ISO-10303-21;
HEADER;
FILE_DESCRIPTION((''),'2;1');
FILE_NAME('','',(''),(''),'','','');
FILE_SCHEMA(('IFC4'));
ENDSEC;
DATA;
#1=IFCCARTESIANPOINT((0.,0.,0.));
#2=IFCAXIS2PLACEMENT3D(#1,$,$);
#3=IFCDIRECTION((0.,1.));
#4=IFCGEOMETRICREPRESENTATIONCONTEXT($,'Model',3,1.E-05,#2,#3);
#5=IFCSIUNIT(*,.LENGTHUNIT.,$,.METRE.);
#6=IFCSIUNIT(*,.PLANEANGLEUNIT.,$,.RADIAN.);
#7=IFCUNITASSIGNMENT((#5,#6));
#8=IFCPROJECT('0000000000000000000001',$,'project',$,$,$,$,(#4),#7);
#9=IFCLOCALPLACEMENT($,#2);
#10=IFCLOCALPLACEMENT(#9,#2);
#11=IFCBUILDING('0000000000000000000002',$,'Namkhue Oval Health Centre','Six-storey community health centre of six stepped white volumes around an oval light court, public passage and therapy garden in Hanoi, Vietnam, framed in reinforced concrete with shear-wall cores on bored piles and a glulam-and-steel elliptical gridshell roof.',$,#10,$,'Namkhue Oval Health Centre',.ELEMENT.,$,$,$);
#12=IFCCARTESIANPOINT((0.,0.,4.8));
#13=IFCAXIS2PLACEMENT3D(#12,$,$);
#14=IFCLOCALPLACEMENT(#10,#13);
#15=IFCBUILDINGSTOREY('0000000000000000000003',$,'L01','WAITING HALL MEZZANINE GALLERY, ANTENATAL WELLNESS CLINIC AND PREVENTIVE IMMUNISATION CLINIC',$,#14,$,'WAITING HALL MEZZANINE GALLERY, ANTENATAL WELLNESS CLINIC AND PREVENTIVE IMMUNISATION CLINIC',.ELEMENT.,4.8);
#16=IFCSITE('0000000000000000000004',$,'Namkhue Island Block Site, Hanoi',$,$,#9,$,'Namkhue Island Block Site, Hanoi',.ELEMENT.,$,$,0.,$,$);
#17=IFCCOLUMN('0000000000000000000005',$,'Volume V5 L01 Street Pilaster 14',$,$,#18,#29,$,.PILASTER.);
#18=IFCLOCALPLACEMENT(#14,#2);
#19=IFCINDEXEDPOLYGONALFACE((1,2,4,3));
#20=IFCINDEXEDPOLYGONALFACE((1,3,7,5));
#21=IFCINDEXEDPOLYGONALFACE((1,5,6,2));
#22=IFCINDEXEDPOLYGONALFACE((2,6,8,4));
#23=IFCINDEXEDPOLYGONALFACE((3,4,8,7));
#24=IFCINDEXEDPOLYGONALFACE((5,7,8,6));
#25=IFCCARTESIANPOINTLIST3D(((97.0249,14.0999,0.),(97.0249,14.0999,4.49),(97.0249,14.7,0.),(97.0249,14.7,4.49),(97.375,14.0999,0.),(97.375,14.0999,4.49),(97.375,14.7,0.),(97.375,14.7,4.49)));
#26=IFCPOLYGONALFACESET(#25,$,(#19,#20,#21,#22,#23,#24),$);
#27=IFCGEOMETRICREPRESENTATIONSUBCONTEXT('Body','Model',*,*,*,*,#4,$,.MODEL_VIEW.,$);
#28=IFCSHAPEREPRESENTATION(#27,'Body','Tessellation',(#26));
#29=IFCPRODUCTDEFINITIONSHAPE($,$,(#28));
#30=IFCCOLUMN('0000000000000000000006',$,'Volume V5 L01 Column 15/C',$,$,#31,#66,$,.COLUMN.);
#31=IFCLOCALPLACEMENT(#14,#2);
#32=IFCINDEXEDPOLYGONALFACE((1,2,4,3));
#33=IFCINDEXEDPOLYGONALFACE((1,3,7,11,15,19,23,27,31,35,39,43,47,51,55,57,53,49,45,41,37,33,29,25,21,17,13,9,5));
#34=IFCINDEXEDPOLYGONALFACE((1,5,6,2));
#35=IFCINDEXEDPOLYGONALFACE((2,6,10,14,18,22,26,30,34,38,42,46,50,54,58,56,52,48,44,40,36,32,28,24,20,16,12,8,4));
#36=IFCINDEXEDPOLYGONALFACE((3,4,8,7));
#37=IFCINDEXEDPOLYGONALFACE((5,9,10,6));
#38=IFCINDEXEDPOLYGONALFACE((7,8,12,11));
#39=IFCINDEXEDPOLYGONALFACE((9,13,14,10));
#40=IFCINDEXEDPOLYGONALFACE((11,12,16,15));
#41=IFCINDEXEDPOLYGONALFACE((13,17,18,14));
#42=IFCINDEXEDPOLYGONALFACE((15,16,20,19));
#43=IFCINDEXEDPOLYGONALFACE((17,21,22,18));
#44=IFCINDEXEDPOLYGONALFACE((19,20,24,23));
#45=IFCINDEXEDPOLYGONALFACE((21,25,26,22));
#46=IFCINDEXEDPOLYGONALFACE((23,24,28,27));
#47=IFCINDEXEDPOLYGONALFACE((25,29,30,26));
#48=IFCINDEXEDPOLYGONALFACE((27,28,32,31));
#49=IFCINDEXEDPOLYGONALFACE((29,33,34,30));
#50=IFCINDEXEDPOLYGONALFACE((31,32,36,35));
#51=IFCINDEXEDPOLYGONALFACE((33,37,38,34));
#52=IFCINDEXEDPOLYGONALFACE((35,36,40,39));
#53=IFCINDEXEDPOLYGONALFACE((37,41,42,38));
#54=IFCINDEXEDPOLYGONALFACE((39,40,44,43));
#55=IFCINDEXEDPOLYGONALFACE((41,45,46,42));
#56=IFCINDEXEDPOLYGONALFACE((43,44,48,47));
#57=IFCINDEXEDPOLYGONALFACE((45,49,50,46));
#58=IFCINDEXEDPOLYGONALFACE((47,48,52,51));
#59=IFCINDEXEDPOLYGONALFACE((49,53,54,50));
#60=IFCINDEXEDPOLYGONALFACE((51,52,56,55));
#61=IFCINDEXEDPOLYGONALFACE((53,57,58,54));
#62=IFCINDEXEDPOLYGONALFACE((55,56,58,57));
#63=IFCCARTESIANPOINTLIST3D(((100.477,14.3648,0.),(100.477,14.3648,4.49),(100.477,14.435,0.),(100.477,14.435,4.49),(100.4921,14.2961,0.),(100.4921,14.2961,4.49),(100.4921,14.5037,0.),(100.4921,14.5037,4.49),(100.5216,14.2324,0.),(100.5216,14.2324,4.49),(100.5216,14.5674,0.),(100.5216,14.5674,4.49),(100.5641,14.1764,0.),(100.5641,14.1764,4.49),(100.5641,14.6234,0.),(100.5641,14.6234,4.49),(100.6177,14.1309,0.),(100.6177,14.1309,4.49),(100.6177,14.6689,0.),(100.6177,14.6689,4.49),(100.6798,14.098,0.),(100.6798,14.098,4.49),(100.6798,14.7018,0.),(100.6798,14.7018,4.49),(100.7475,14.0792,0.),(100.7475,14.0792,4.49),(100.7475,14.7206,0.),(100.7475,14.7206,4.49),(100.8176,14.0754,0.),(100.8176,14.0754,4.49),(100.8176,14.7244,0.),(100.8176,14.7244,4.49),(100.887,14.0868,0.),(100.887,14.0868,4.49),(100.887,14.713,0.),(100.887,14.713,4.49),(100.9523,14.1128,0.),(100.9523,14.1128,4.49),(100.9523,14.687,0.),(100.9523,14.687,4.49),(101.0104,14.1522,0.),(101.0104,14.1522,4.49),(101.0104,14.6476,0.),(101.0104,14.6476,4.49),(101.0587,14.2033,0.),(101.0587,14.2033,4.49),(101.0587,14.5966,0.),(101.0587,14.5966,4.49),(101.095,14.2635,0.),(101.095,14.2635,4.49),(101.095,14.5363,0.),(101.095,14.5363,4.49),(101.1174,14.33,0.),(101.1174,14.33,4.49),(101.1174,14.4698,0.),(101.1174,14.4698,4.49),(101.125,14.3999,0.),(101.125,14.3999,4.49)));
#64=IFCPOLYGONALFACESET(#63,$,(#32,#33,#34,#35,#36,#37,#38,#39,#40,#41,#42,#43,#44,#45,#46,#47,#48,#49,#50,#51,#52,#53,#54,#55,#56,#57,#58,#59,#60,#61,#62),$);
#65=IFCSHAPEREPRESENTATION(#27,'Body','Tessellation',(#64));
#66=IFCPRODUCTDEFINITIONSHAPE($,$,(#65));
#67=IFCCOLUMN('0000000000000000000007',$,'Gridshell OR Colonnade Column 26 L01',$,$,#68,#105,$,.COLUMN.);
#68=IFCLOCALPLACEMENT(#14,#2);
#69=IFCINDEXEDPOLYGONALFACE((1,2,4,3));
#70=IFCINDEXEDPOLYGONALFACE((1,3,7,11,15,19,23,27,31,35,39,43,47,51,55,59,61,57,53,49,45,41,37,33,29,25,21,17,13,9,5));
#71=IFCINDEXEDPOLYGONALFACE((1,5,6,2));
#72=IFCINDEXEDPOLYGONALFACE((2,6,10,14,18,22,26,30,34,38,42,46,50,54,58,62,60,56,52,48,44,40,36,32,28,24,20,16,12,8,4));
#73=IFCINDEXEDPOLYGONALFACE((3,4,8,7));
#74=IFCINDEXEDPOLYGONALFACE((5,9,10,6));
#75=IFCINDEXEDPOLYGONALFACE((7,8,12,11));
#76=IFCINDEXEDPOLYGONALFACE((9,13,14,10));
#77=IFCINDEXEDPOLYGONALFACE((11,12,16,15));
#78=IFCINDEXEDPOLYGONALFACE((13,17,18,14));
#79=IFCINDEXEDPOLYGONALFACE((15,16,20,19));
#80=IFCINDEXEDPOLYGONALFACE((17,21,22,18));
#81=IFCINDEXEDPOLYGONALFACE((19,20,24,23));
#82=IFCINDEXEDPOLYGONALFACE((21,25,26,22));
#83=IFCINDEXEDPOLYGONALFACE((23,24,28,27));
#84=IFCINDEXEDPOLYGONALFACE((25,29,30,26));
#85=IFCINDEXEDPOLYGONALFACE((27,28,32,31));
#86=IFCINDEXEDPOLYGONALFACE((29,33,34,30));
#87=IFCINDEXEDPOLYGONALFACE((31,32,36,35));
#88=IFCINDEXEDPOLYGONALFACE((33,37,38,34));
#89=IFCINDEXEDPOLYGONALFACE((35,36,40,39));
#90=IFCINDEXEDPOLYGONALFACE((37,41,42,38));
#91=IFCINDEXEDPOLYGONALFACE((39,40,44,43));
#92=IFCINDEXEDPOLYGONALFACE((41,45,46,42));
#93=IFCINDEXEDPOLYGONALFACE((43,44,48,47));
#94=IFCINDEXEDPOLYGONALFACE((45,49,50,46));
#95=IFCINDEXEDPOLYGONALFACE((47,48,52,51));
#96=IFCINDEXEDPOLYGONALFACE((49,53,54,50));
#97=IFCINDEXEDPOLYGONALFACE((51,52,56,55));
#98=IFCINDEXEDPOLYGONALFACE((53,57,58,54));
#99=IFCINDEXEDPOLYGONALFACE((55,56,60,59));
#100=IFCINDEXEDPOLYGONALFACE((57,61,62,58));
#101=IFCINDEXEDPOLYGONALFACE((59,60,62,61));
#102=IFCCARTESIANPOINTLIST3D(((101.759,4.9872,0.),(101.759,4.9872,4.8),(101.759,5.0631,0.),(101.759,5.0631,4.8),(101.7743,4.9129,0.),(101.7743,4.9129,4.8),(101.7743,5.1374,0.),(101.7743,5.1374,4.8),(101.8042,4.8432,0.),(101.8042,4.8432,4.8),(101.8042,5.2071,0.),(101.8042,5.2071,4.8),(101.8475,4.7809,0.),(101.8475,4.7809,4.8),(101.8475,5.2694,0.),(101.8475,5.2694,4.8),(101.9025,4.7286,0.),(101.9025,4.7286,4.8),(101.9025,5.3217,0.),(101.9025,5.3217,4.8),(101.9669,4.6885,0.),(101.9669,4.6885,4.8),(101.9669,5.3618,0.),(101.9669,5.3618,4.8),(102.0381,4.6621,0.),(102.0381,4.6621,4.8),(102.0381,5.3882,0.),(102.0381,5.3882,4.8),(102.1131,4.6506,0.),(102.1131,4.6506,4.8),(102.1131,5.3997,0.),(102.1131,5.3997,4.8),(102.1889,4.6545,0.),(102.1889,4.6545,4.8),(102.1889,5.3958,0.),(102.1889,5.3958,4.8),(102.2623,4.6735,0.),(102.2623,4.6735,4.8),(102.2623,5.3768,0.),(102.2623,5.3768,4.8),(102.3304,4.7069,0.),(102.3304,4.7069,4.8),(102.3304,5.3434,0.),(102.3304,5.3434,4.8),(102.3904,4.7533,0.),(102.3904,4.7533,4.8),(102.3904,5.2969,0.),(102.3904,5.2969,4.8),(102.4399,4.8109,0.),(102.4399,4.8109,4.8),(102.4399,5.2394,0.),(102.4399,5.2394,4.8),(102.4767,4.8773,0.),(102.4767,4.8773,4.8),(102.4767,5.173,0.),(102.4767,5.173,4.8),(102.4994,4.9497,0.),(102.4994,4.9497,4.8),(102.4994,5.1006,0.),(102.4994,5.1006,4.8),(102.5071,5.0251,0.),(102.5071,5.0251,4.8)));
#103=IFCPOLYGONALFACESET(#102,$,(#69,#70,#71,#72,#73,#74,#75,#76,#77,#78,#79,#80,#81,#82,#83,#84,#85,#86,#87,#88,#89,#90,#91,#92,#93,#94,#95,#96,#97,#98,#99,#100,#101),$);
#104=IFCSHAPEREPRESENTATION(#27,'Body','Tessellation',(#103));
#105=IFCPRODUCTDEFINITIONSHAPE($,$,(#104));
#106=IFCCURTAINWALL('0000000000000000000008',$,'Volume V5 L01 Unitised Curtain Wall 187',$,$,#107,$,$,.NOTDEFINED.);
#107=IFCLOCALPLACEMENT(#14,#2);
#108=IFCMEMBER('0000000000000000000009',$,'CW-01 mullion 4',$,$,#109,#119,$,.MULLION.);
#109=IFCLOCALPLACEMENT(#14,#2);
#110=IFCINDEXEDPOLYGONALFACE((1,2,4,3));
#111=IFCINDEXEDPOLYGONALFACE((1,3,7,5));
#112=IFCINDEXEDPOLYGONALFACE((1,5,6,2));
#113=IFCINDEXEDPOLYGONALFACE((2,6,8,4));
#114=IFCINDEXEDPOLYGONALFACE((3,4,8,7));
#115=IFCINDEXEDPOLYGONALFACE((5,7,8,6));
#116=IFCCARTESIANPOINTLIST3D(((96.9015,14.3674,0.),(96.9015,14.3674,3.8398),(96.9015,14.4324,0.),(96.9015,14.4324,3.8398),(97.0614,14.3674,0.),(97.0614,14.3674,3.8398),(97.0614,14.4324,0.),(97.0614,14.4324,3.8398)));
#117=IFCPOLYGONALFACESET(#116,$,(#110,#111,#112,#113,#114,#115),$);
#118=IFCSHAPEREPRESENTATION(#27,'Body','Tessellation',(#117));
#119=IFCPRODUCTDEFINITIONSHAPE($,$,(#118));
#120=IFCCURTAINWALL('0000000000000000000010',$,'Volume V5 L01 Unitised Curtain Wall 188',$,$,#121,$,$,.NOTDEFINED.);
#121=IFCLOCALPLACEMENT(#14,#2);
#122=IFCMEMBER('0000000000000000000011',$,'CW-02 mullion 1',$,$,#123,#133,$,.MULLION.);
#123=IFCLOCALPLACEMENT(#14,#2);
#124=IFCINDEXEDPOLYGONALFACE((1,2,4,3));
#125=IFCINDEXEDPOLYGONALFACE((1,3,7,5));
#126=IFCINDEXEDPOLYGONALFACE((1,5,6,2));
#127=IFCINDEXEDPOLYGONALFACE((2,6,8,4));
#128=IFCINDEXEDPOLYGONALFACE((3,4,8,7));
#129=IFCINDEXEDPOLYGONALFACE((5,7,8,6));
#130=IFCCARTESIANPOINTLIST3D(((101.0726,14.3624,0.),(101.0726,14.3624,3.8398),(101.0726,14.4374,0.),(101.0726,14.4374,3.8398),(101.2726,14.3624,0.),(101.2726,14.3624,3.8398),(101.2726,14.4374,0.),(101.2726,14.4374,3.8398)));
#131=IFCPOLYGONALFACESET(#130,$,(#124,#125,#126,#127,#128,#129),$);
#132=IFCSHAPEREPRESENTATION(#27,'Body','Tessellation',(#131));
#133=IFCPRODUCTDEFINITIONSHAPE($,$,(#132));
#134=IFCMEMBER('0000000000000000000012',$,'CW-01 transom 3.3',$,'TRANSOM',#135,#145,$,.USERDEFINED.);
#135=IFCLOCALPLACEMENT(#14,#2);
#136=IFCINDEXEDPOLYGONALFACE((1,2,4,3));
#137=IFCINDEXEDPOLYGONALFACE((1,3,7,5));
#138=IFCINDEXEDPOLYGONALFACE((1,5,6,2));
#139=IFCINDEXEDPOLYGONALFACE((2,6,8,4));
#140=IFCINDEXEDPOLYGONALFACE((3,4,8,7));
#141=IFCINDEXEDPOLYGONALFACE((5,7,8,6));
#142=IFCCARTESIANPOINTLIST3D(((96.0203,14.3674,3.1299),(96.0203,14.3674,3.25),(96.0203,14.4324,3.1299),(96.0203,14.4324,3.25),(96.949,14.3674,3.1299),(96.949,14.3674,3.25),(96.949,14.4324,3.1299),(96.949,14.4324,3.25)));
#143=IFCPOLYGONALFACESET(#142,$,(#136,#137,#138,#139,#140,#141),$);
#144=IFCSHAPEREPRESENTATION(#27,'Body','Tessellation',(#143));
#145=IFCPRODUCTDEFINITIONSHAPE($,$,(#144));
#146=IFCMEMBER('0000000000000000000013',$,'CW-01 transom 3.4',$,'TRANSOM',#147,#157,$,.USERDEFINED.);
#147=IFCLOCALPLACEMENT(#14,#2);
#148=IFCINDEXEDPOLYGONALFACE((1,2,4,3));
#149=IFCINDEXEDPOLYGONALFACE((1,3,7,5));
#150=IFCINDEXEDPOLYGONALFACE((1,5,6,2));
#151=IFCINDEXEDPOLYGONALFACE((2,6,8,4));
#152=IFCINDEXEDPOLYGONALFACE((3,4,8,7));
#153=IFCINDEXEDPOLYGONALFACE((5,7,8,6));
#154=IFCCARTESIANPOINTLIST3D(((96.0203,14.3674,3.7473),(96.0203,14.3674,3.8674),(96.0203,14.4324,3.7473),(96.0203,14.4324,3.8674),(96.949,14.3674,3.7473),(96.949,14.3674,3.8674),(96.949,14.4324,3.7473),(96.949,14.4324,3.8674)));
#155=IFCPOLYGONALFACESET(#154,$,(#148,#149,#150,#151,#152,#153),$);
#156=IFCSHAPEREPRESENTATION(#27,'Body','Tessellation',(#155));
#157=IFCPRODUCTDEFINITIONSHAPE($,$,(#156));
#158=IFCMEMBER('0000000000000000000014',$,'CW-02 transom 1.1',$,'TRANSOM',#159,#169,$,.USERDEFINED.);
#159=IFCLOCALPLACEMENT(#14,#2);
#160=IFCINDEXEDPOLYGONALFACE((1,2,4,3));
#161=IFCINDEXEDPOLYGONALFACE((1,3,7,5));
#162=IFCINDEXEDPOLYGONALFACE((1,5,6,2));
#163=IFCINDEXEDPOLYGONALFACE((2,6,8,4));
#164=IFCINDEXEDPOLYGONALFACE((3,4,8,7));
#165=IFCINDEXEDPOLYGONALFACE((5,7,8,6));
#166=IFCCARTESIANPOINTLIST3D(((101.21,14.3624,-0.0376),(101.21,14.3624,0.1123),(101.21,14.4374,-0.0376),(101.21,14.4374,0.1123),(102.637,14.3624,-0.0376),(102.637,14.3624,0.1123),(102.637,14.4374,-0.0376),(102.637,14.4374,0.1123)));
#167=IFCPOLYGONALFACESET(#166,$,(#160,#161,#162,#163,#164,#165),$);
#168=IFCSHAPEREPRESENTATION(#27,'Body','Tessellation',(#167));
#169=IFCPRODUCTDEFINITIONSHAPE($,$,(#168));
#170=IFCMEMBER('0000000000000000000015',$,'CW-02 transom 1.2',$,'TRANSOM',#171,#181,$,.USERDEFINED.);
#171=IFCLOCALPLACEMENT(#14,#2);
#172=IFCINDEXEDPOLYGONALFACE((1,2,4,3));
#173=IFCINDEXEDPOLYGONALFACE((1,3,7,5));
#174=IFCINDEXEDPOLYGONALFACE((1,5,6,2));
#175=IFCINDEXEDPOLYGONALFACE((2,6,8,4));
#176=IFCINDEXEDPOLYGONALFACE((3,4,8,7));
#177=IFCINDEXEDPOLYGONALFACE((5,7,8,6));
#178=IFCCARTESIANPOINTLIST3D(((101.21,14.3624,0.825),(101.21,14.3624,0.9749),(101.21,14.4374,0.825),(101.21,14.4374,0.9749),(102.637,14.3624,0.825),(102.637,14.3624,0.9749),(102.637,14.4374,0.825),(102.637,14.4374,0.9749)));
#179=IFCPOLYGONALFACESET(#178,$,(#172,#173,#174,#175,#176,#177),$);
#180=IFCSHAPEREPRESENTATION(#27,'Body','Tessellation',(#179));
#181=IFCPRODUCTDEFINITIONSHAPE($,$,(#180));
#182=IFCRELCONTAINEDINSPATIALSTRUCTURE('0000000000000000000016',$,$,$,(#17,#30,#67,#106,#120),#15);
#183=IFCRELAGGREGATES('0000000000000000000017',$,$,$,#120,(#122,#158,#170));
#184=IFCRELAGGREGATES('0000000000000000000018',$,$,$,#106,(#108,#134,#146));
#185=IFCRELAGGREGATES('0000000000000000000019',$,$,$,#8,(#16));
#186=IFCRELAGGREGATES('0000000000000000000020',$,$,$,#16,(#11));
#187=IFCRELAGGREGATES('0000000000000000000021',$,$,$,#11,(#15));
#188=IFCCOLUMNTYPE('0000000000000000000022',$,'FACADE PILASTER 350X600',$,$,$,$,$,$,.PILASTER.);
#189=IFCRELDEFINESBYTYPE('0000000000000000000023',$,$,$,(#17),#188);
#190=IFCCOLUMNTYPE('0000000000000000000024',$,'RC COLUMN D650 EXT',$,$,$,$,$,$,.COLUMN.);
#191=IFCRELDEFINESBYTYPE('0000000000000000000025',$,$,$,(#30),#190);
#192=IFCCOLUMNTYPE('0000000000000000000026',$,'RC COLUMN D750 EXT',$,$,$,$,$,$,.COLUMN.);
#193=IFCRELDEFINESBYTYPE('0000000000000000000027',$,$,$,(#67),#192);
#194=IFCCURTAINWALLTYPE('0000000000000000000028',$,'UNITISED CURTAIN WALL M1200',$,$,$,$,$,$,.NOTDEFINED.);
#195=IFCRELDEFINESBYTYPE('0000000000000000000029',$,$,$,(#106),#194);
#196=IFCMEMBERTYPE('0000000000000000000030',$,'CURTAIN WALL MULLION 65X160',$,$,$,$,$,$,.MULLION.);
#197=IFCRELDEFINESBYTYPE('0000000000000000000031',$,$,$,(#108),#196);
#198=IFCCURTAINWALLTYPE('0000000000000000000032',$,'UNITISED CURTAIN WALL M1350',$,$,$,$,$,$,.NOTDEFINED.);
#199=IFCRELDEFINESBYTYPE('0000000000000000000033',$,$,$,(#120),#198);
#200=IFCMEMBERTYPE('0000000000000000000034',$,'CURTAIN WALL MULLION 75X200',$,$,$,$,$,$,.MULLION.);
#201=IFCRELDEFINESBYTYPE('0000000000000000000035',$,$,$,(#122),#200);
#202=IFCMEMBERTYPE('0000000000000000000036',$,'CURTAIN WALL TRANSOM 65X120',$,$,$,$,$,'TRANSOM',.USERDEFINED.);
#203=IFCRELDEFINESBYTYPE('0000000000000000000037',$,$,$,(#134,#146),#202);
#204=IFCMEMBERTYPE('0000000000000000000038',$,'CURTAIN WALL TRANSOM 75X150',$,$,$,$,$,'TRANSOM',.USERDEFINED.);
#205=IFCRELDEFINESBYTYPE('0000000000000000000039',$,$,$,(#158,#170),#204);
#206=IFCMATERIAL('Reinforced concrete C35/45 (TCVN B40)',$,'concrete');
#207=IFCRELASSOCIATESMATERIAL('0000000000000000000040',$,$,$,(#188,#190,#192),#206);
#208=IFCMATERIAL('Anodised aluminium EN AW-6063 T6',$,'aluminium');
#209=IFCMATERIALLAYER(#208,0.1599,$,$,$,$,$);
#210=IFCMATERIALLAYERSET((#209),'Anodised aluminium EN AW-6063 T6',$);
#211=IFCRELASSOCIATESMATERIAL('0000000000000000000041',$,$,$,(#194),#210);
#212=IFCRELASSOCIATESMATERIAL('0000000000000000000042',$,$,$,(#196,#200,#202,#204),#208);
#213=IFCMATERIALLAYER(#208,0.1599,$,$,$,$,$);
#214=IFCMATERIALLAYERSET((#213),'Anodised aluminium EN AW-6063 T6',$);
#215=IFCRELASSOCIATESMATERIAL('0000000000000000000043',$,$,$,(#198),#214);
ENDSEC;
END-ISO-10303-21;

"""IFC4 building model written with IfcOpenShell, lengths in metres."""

from ifc_helpers import new_model, si_unit, direction, frame, origin, origin_2d, place, context, subcontext, project, spatial, rectangle, circle, extrude, material, layer, layer_set, material_profile, profile_set, type_object, element, aggregate, save


model = new_model("IFC4")

# Units and contexts
model_context = context("Model", 3, precision=1e-05, world=origin(), true_north=direction((0.0, 1.0)))
body_context = subcontext(model_context, "Body", "Model", "MODEL_VIEW")
ifc_project = project(units=[si_unit("LENGTHUNIT", "METRE"), si_unit("PLANEANGLEUNIT", "RADIAN")], contexts=[model_context])

# Site, building, storey
site_placement = place(None, origin())
site = spatial("IfcSite", under=ifc_project, at=site_placement, Name="Namkhue Island Block Site, Hanoi", LongName="Namkhue Island Block Site, Hanoi", CompositionType="ELEMENT", RefElevation=0.0)
building_placement = place(site_placement, origin())
building = spatial("IfcBuilding", under=site, at=building_placement, Name="Namkhue Oval Health Centre", Description="Six-storey community health centre of six stepped white volumes around an oval light court, public passage and therapy garden in Hanoi, Vietnam, framed in reinforced concrete with shear-wall cores on bored piles and a glulam-and-steel elliptical gridshell roof.", LongName="Namkhue Oval Health Centre", CompositionType="ELEMENT")
storey_placement = place(building_placement, frame((0.0, 0.0, 4.8)))
storey = spatial("IfcBuildingStorey", under=building, at=storey_placement, Name="L01", Description="WAITING HALL MEZZANINE GALLERY, ANTENATAL WELLNESS CLINIC AND PREVENTIVE IMMUNISATION CLINIC", LongName="WAITING HALL MEZZANINE GALLERY, ANTENATAL WELLNESS CLINIC AND PREVENTIVE IMMUNISATION CLINIC", CompositionType="ELEMENT", Elevation=4.8)

# Columns
ifc_material_1 = material(Name="Reinforced concrete C35/45 (TCVN B40)", Category="concrete")
ifc_material_profile_1 = material_profile(ifc_material_1, rectangle(XDim=0.3501, YDim=0.6001, at=origin_2d()), Name="RC 350x600")
ifc_profile_set_1 = profile_set([ifc_material_profile_1], Name="Reinforced concrete C35/45 (TCVN B40)")
column_type_1 = type_object("IfcColumnType", Name="FACADE PILASTER 350X600", PredefinedType="PILASTER", material=ifc_profile_set_1)
column_1_placement = place(storey_placement, frame((97.2, 14.3999, 0.0), z_axis=(0.0, 0.0, 1.0), x_axis=(1.0, 0.0, 0.0)))
element("IfcColumn", 1, at=column_1_placement, inside=storey, type_object=column_type_1, Name="Volume V5 L01 Street Pilaster 14", PredefinedType="PILASTER", context=body_context, shape_type="SweptSolid", body=[
    extrude(rectangle(XDim=0.3501, YDim=0.6001, at=origin_2d()), origin(), (0.0, 0.0, 1.0), 4.49),
])
ifc_material_profile_2 = material_profile(ifc_material_1, circle(Radius=0.325, at=origin_2d()), Name="RC D650")
ifc_profile_set_2 = profile_set([ifc_material_profile_2], Name="Reinforced concrete C35/45 (TCVN B40)")
column_type_2 = type_object("IfcColumnType", Name="RC COLUMN D650 EXT", PredefinedType="COLUMN", material=ifc_profile_set_2)
column_2_placement = place(storey_placement, frame((100.8, 14.3999, 0.0), z_axis=(0.0, 0.0, 1.0), x_axis=(1.0, 0.0, 0.0)))
element("IfcColumn", 2, at=column_2_placement, inside=storey, type_object=column_type_2, Name="Volume V5 L01 Column 15/C", PredefinedType="COLUMN", context=body_context, shape_type="SweptSolid", body=[
    extrude(circle(Radius=0.325, at=origin_2d()), origin(), (0.0, 0.0, 1.0), 4.49),
])
ifc_material_profile_3 = material_profile(ifc_material_1, circle(Radius=0.375, at=origin_2d()), Name="RC D750")
ifc_profile_set_3 = profile_set([ifc_material_profile_3], Name="Reinforced concrete C35/45 (TCVN B40)")
column_type_3 = type_object("IfcColumnType", Name="RC COLUMN D750 EXT", PredefinedType="COLUMN", material=ifc_profile_set_3)
column_3_placement = place(storey_placement, frame((102.1321, 5.0251, 0.0), z_axis=(0.0, 0.0, 1.0), x_axis=(1.0, 0.0, 0.0)))
element("IfcColumn", 3, at=column_3_placement, inside=storey, type_object=column_type_3, Name="Gridshell OR Colonnade Column 26 L01", PredefinedType="COLUMN", context=body_context, shape_type="SweptSolid", body=[
    extrude(circle(Radius=0.375, at=origin_2d()), origin(), (0.0, 0.0, 1.0), 4.8),
])

# Curtain walls, members
ifc_material_2 = material(Name="Anodised aluminium EN AW-6063 T6", Category="aluminium")
ifc_layer_1 = layer(ifc_material_2, 0.1599)
ifc_layer_set_1 = layer_set([ifc_layer_1], Name="Anodised aluminium EN AW-6063 T6")
curtain_wall_type_1 = type_object("IfcCurtainWallType", Name="UNITISED CURTAIN WALL M1200", PredefinedType="NOTDEFINED", material=ifc_layer_set_1)
curtain_wall_1_placement = place(storey_placement, origin())
curtain_wall_1 = element("IfcCurtainWall", 4, at=curtain_wall_1_placement, inside=storey, type_object=curtain_wall_type_1, Name="Volume V5 L01 Unitised Curtain Wall 187", PredefinedType="NOTDEFINED")
ifc_material_profile_4 = material_profile(ifc_material_2, rectangle(XDim=0.0649, YDim=0.1599, at=origin_2d()), Name="ALU 65x160")
ifc_profile_set_4 = profile_set([ifc_material_profile_4], Name="Anodised aluminium EN AW-6063 T6")
member_type_1 = type_object("IfcMemberType", Name="CURTAIN WALL MULLION 65X160", PredefinedType="MULLION", material=ifc_profile_set_4)
member_1_placement = place(storey_placement, frame((96.9814, 14.3999, 0.0), z_axis=(0.0, 0.0, 1.0), x_axis=(0.0, 1.0, 0.0)))
member_1 = element("IfcMember", 5, at=member_1_placement, type_object=member_type_1, Name="CW-01 mullion 4", PredefinedType="MULLION", context=body_context, shape_type="SweptSolid", body=[
    extrude(rectangle(XDim=0.0649, YDim=0.1599, at=origin_2d()), origin(), (0.0, 0.0, 1.0), 3.8398),
])
ifc_layer_2 = layer(ifc_material_2, 0.1599)
ifc_layer_set_2 = layer_set([ifc_layer_2], Name="Anodised aluminium EN AW-6063 T6")
curtain_wall_type_2 = type_object("IfcCurtainWallType", Name="UNITISED CURTAIN WALL M1350", PredefinedType="NOTDEFINED", material=ifc_layer_set_2)
curtain_wall_2_placement = place(storey_placement, origin())
curtain_wall_2 = element("IfcCurtainWall", 6, at=curtain_wall_2_placement, inside=storey, type_object=curtain_wall_type_2, Name="Volume V5 L01 Unitised Curtain Wall 188", PredefinedType="NOTDEFINED")
ifc_material_profile_5 = material_profile(ifc_material_2, rectangle(XDim=0.075, YDim=0.2, at=origin_2d()), Name="ALU 75x200")
ifc_profile_set_5 = profile_set([ifc_material_profile_5], Name="Anodised aluminium EN AW-6063 T6")
member_type_2 = type_object("IfcMemberType", Name="CURTAIN WALL MULLION 75X200", PredefinedType="MULLION", material=ifc_profile_set_5)
member_2_placement = place(storey_placement, frame((101.1726, 14.3999, 0.0), z_axis=(0.0, 0.0, 1.0), x_axis=(0.0, 1.0, 0.0)))
member_2 = element("IfcMember", 7, at=member_2_placement, type_object=member_type_2, Name="CW-02 mullion 1", PredefinedType="MULLION", context=body_context, shape_type="SweptSolid", body=[
    extrude(rectangle(XDim=0.075, YDim=0.2, at=origin_2d()), origin(), (0.0, 0.0, 1.0), 3.8398),
])

# Members
ifc_material_profile_6 = material_profile(ifc_material_2, rectangle(XDim=0.0649, YDim=0.1201, at=origin_2d()), Name="ALU 65x120")
ifc_profile_set_6 = profile_set([ifc_material_profile_6], Name="Anodised aluminium EN AW-6063 T6")
member_type_3 = type_object("IfcMemberType", Name="CURTAIN WALL TRANSOM 65X120", ElementType="TRANSOM", PredefinedType="USERDEFINED", material=ifc_profile_set_6)
member_3_placement = place(storey_placement, frame((96.0203, 14.3999, 3.1899), z_axis=(1.0, 0.0, 0.0), x_axis=(0.0, 1.0, 0.0)))
member_3 = element("IfcMember", 8, at=member_3_placement, type_object=member_type_3, Name="CW-01 transom 3.3", ObjectType="TRANSOM", PredefinedType="USERDEFINED", context=body_context, shape_type="SweptSolid", body=[
    extrude(rectangle(XDim=0.0649, YDim=0.1201, at=origin_2d()), origin(), (0.0, 0.0, 1.0), 0.9287),
])
member_4_placement = place(storey_placement, frame((96.0203, 14.3999, 3.8074), z_axis=(1.0, 0.0, 0.0), x_axis=(0.0, 1.0, 0.0)))
member_4 = element("IfcMember", 9, at=member_4_placement, type_object=member_type_3, Name="CW-01 transom 3.4", ObjectType="TRANSOM", PredefinedType="USERDEFINED", context=body_context, shape_type="SweptSolid", body=[
    extrude(rectangle(XDim=0.0649, YDim=0.1201, at=origin_2d()), origin(), (0.0, 0.0, 1.0), 0.9287),
])
ifc_material_profile_7 = material_profile(ifc_material_2, rectangle(XDim=0.075, YDim=0.1499, at=origin_2d()), Name="ALU 75x150")
ifc_profile_set_7 = profile_set([ifc_material_profile_7], Name="Anodised aluminium EN AW-6063 T6")
member_type_4 = type_object("IfcMemberType", Name="CURTAIN WALL TRANSOM 75X150", ElementType="TRANSOM", PredefinedType="USERDEFINED", material=ifc_profile_set_7)
member_5_placement = place(storey_placement, frame((101.21, 14.3999, 0.0374), z_axis=(1.0, 0.0, 0.0), x_axis=(0.0, 1.0, 0.0)))
member_5 = element("IfcMember", 10, at=member_5_placement, type_object=member_type_4, Name="CW-02 transom 1.1", ObjectType="TRANSOM", PredefinedType="USERDEFINED", context=body_context, shape_type="SweptSolid", body=[
    extrude(rectangle(XDim=0.075, YDim=0.1499, at=origin_2d()), origin(), (0.0, 0.0, 1.0), 1.427),
])
member_6_placement = place(storey_placement, frame((101.21, 14.3999, 0.8999), z_axis=(1.0, 0.0, 0.0), x_axis=(0.0, 1.0, 0.0)))
member_6 = element("IfcMember", 11, at=member_6_placement, type_object=member_type_4, Name="CW-02 transom 1.2", ObjectType="TRANSOM", PredefinedType="USERDEFINED", context=body_context, shape_type="SweptSolid", body=[
    extrude(rectangle(XDim=0.075, YDim=0.1499, at=origin_2d()), origin(), (0.0, 0.0, 1.0), 1.427),
])
aggregate(curtain_wall_2, [member_2, member_5, member_6])

aggregate(curtain_wall_1, [member_1, member_3, member_4])

save(model, "model.ifc")
